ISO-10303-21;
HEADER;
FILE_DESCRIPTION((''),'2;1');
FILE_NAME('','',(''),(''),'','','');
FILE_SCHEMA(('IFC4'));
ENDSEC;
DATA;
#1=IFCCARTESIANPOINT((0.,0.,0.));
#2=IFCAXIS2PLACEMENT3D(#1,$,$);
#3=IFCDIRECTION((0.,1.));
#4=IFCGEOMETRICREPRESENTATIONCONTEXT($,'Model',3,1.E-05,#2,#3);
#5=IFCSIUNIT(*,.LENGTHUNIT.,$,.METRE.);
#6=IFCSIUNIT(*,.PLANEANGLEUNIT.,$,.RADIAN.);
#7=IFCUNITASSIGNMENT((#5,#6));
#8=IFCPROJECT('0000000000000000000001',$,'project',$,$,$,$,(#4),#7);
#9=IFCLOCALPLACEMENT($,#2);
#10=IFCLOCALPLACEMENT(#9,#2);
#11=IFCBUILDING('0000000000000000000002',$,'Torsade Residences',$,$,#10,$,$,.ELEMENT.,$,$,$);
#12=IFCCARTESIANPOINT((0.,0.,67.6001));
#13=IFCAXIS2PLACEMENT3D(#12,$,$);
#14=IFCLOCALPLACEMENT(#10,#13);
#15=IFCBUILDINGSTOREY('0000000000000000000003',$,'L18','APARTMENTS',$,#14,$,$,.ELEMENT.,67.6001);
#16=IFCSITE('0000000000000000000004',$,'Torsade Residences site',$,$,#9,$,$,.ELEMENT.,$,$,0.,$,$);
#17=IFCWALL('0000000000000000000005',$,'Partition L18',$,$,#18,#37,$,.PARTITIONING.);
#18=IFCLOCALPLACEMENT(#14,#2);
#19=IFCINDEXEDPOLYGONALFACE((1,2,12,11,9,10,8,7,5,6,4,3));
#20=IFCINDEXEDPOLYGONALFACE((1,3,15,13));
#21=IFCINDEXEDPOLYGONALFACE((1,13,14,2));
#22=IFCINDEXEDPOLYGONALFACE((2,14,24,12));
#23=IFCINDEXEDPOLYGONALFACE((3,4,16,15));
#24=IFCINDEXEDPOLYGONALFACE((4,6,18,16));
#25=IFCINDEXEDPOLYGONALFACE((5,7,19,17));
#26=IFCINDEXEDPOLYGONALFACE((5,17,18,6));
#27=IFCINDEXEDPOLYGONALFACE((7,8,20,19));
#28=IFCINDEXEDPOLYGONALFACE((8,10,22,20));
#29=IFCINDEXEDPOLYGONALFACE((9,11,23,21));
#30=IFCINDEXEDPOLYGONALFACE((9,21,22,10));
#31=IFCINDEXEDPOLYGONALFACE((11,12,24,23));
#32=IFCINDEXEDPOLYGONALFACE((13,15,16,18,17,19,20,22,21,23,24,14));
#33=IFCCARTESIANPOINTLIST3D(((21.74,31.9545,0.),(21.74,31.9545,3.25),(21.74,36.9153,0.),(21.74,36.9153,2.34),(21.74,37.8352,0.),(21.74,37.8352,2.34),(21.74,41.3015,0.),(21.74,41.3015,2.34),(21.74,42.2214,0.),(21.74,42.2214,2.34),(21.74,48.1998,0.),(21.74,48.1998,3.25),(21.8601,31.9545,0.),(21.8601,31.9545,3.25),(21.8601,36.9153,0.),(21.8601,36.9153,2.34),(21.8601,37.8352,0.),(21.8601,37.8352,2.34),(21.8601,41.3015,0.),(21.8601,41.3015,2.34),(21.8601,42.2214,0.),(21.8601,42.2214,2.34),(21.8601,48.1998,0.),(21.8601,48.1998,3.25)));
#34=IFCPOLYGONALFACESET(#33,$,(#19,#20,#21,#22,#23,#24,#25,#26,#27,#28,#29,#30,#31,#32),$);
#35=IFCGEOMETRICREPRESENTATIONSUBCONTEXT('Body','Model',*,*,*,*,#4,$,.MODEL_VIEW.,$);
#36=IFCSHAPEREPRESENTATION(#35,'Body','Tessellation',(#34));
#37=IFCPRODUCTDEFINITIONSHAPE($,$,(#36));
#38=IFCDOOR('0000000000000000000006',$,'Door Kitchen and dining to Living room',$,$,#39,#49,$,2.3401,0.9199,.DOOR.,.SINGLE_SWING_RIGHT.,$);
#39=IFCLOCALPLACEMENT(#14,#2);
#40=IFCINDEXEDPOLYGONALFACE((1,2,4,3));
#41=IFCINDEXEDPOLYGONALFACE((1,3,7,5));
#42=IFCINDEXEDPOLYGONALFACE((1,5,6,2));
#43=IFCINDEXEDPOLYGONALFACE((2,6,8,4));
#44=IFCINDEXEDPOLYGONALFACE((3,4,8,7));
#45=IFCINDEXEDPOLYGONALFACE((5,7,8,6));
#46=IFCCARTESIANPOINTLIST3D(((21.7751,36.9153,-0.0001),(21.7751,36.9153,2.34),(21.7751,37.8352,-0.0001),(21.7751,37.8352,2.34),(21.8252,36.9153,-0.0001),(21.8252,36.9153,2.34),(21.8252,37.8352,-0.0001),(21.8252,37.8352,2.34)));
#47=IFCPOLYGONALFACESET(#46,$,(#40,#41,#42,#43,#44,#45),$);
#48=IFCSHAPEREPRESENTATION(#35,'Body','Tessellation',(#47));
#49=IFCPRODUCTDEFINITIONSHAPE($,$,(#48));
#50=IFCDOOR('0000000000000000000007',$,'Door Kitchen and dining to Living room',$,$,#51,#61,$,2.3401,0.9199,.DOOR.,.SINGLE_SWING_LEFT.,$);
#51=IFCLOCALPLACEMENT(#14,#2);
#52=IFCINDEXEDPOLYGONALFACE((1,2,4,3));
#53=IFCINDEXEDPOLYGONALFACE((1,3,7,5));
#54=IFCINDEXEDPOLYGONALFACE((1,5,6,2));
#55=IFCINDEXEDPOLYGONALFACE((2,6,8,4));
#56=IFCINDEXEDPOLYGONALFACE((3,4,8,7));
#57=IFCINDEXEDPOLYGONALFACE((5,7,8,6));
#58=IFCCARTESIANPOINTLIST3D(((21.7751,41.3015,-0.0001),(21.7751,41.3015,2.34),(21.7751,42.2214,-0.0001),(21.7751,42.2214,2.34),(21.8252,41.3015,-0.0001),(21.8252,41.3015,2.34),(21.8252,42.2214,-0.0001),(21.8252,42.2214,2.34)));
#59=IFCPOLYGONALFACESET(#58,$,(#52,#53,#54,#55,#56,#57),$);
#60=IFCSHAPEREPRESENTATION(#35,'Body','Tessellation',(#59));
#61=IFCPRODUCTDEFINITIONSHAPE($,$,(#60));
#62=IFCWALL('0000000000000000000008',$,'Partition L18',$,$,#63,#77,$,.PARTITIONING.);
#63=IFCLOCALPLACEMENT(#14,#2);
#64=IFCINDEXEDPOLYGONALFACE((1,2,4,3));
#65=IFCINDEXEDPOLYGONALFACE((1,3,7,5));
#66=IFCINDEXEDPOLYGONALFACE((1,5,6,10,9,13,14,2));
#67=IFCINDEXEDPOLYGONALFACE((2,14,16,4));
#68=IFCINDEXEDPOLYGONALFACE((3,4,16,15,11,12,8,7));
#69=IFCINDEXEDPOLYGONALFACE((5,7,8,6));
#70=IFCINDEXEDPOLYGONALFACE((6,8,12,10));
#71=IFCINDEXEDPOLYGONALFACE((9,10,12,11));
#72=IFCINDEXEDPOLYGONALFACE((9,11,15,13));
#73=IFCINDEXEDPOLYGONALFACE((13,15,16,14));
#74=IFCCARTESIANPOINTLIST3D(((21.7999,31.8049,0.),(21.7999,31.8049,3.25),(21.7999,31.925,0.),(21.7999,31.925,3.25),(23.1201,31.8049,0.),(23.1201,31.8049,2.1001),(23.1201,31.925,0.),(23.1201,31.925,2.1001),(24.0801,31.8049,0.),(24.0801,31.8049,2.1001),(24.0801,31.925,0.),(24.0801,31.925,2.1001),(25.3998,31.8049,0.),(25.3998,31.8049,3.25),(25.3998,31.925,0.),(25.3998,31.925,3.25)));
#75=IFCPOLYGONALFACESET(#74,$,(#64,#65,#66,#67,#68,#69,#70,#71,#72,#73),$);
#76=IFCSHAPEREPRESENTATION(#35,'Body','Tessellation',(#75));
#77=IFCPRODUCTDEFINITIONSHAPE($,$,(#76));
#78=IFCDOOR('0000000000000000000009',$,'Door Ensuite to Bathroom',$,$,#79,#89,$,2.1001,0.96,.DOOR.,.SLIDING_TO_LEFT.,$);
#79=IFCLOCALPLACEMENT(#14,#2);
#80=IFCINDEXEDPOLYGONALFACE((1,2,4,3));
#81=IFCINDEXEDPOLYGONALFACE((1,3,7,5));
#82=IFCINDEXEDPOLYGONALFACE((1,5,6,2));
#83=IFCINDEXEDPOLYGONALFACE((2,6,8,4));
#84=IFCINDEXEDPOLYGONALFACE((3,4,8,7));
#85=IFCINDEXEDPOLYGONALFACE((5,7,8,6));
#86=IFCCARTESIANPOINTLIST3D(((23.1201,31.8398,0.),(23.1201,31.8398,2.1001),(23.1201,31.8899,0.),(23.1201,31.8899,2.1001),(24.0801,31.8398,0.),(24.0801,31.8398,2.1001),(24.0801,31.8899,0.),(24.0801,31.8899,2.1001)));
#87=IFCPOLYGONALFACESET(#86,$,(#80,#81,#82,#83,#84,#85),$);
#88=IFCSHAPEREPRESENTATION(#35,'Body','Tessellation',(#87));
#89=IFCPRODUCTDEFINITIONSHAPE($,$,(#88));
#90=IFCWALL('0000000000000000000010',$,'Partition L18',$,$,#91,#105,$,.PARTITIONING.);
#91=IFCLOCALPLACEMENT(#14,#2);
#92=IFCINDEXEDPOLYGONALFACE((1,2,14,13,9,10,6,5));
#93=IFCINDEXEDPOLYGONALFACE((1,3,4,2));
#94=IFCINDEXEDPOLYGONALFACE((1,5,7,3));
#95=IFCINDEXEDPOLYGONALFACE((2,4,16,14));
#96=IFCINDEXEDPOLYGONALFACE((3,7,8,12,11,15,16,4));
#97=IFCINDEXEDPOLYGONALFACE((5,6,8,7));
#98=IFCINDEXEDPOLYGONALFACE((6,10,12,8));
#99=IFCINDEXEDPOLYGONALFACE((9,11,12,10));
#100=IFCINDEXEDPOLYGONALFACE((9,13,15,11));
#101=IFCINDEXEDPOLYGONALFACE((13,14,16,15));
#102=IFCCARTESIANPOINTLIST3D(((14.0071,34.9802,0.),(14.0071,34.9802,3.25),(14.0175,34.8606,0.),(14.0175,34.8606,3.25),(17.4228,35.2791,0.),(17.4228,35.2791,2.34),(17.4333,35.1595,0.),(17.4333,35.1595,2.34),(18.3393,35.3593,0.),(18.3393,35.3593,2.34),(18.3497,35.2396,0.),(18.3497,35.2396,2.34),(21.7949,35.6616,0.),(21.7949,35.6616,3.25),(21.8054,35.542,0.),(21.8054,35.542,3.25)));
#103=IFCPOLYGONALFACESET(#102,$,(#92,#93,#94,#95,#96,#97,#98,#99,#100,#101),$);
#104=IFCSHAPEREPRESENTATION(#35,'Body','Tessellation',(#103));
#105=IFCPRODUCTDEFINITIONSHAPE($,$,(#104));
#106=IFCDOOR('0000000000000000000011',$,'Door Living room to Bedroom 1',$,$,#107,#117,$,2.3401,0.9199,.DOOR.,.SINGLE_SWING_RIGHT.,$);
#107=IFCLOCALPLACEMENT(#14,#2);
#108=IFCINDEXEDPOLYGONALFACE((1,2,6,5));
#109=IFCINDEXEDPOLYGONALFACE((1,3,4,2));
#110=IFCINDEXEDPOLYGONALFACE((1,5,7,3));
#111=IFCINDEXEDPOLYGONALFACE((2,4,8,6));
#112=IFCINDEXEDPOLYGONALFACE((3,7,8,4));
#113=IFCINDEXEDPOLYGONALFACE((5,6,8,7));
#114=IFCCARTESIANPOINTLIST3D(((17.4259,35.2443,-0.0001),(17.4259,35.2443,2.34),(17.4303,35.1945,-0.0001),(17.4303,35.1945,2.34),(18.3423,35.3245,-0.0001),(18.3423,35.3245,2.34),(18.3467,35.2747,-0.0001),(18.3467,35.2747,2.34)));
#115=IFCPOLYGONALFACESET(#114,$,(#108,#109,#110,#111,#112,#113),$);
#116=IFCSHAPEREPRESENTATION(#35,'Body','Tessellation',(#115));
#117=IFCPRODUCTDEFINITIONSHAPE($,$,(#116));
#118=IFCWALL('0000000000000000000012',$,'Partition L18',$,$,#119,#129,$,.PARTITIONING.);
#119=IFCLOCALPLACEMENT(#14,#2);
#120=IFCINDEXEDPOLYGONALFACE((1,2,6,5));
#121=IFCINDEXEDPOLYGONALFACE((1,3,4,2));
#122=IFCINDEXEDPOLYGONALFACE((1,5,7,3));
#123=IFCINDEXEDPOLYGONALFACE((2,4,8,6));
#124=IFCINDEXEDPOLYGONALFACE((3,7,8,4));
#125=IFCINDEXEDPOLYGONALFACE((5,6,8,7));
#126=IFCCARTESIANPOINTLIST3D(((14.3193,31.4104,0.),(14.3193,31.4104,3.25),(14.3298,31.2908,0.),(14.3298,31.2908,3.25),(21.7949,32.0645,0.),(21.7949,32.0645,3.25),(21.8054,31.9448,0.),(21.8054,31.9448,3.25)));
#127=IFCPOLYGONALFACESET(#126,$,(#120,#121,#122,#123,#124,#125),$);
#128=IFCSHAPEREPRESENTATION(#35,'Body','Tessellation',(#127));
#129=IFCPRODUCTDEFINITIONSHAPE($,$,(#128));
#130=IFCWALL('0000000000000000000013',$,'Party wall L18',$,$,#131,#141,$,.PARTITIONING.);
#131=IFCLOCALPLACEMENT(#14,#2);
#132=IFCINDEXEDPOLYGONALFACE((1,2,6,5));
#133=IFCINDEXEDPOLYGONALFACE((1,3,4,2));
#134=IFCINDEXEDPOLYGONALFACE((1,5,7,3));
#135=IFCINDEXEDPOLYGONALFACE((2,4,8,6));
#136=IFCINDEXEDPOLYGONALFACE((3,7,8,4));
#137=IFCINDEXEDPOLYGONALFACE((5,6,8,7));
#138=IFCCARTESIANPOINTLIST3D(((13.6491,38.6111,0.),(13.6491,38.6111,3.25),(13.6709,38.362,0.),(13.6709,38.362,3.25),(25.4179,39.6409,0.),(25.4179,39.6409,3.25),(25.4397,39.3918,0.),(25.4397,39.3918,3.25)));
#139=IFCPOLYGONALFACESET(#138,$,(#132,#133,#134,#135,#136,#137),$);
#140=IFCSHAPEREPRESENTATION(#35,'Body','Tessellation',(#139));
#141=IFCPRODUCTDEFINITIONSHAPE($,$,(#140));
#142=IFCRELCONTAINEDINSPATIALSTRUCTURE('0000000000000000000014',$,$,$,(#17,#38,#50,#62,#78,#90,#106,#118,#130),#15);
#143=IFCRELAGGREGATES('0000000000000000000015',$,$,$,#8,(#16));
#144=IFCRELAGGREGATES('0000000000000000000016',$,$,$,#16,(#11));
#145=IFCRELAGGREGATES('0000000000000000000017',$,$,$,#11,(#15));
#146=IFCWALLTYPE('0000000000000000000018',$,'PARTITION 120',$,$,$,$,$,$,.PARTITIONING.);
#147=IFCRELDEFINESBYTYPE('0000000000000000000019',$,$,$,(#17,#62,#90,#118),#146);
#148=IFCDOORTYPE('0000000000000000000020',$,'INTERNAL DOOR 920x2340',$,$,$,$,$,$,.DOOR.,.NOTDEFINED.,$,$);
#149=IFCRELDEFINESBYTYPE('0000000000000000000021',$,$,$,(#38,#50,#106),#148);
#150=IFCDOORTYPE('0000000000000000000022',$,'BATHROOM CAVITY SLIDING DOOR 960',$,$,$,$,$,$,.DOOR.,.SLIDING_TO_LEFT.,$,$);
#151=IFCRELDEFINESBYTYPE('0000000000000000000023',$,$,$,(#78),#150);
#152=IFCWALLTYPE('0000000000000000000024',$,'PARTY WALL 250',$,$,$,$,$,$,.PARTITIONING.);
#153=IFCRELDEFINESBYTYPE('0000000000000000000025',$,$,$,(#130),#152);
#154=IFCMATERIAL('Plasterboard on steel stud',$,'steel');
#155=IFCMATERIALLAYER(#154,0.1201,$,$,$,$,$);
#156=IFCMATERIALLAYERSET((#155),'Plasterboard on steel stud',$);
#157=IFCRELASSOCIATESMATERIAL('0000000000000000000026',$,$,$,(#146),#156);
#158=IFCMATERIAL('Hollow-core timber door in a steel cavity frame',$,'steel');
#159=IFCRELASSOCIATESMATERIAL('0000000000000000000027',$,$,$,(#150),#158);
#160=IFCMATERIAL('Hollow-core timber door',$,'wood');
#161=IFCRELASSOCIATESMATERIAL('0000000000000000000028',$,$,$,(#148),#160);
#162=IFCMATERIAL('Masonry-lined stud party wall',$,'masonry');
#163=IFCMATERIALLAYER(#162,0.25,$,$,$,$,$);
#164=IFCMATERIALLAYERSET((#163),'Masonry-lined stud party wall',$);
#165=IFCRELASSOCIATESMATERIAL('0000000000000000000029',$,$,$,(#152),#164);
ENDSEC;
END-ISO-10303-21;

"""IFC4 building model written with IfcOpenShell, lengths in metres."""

from ifc_helpers import new_model, si_unit, direction, frame, frame_2d, origin, place, context, subcontext, project, spatial, rectangle, extrude, material, layer, layer_set, type_object, element, fill, save


model = new_model("IFC4")

# Units and contexts
model_context = context("Model", 3, precision=1e-05, world=origin(), true_north=direction((0.0, 1.0)))
body_context = subcontext(model_context, "Body", "Model", "MODEL_VIEW")
ifc_project = project(units=[si_unit("LENGTHUNIT", "METRE"), si_unit("PLANEANGLEUNIT", "RADIAN")], contexts=[model_context])

# Site, building, storey
site_placement = place(None, origin())
site = spatial("IfcSite", under=ifc_project, at=site_placement, Name="Torsade Residences site", CompositionType="ELEMENT", RefElevation=0.0)
building_placement = place(site_placement, origin())
building = spatial("IfcBuilding", under=site, at=building_placement, Name="Torsade Residences", CompositionType="ELEMENT")
storey_placement = place(building_placement, frame((0.0, 0.0, 67.6001)))
storey = spatial("IfcBuildingStorey", under=building, at=storey_placement, Name="L18", Description="APARTMENTS", CompositionType="ELEMENT", Elevation=67.6001)

# Shared definitions
ifc_material_1 = material(Name="Plasterboard on steel stud", Category="steel")
ifc_layer_1 = layer(ifc_material_1, 0.1201)
ifc_layer_set_1 = layer_set([ifc_layer_1], Name="Plasterboard on steel stud")
wall_type_1 = type_object("IfcWallType", Name="PARTITION 120", PredefinedType="PARTITIONING", material=ifc_layer_set_1)
ifc_material_2 = material(Name="Hollow-core timber door in a steel cavity frame", Category="steel")
door_type_1 = type_object("IfcDoorType", Name="BATHROOM CAVITY SLIDING DOOR 960", OperationType="SLIDING_TO_LEFT", PredefinedType="DOOR", material=ifc_material_2)

# Wall, openings, doors
wall_1_placement = place(storey_placement, frame((21.8, 31.9546, 0.0), z_axis=(0.0, 0.0, 1.0), x_axis=(0.0, 1.0, 0.0)))
wall_1 = element("IfcWall", 1, at=wall_1_placement, inside=storey, type_object=wall_type_1, Name="Partition L18", PredefinedType="PARTITIONING", context=body_context, shape_type="SweptSolid", body=[
    extrude(rectangle(XDim=16.2454, YDim=0.1201, at=frame_2d((8.1226, 0.0))), origin(), (0.0, 0.0, 1.0), 3.25),
])
opening_1_placement = place(wall_1_placement, frame((4.9607, 0.0, 0.0)))
opening_1 = element("IfcOpeningElement", 2, at=opening_1_placement, cuts=wall_1, PredefinedType="OPENING", context=body_context, shape_type="SweptSolid", body=[
    extrude(rectangle(XDim=0.9199, YDim=2.3401, at=frame_2d((0.46, 1.1699))), frame((0.0, 0.0701, 0.0), z_axis=(0.0, -1.0, 0.0), x_axis=(1.0, 0.0, 0.0)), (0.0, 0.0, 1.0), 0.1401),
])
opening_2_placement = place(wall_1_placement, frame((9.3469, 0.0, 0.0)))
opening_2 = element("IfcOpeningElement", 3, at=opening_2_placement, cuts=wall_1, PredefinedType="OPENING", context=body_context, shape_type="SweptSolid", body=[
    extrude(rectangle(XDim=0.9199, YDim=2.3401, at=frame_2d((0.46, 1.1699))), frame((0.0, 0.0701, 0.0), z_axis=(0.0, -1.0, 0.0), x_axis=(1.0, 0.0, 0.0)), (0.0, 0.0, 1.0), 0.1401),
])
ifc_material_3 = material(Name="Hollow-core timber door", Category="wood")
door_type_2 = type_object("IfcDoorType", Name="INTERNAL DOOR 920x2340", OperationType="NOTDEFINED", PredefinedType="DOOR", material=ifc_material_3)
door_1_placement = place(opening_1_placement, origin())
door_1 = element("IfcDoor", 4, at=door_1_placement, inside=storey, type_object=door_type_2, Name="Door Kitchen and dining to Living room", OperationType="SINGLE_SWING_RIGHT", OverallHeight=2.3401, OverallWidth=0.9199, PredefinedType="DOOR", context=body_context, shape_type="SweptSolid", body=[
    extrude(rectangle(XDim=0.9199, YDim=2.3401, at=frame_2d((0.46, 1.1699))), frame((0.0, 0.0249, 0.0), z_axis=(0.0, -1.0, 0.0), x_axis=(1.0, 0.0, 0.0)), (0.0, 0.0, 1.0), 0.05),
])
fill(opening_1, door_1)
door_2_placement = place(opening_2_placement, origin())
door_2 = element("IfcDoor", 5, at=door_2_placement, inside=storey, type_object=door_type_2, Name="Door Kitchen and dining to Living room", OperationType="SINGLE_SWING_LEFT", OverallHeight=2.3401, OverallWidth=0.9199, PredefinedType="DOOR", context=body_context, shape_type="SweptSolid", body=[
    extrude(rectangle(XDim=0.9199, YDim=2.3401, at=frame_2d((0.46, 1.1699))), frame((0.0, 0.0249, 0.0), z_axis=(0.0, -1.0, 0.0), x_axis=(1.0, 0.0, 0.0)), (0.0, 0.0, 1.0), 0.05),
])
fill(opening_2, door_2)

# Walls, openings, doors
wall_2_placement = place(storey_placement, frame((21.8, 31.865, 0.0), z_axis=(0.0, 0.0, 1.0), x_axis=(1.0, 0.0, 0.0)))
wall_2 = element("IfcWall", 6, at=wall_2_placement, inside=storey, type_object=wall_type_1, Name="Partition L18", PredefinedType="PARTITIONING", context=body_context, shape_type="SweptSolid", body=[
    extrude(rectangle(XDim=3.5999, YDim=0.1201, at=frame_2d((1.7998, 0.0))), origin(), (0.0, 0.0, 1.0), 3.25),
])
opening_3_placement = place(wall_2_placement, frame((1.3201, 0.0, 0.0)))
opening_3 = element("IfcOpeningElement", 7, at=opening_3_placement, cuts=wall_2, PredefinedType="OPENING", context=body_context, shape_type="SweptSolid", body=[
    extrude(rectangle(XDim=0.96, YDim=2.1001, at=frame_2d((0.48, 1.05))), frame((0.0, 0.0701, 0.0), z_axis=(0.0, -1.0, 0.0), x_axis=(1.0, 0.0, 0.0)), (0.0, 0.0, 1.0), 0.1401),
])
door_3_placement = place(opening_3_placement, origin())
door_3 = element("IfcDoor", 8, at=door_3_placement, inside=storey, type_object=door_type_1, Name="Door Ensuite to Bathroom", OperationType="SLIDING_TO_LEFT", OverallHeight=2.1001, OverallWidth=0.96, PredefinedType="DOOR", context=body_context, shape_type="SweptSolid", body=[
    extrude(rectangle(XDim=0.96, YDim=2.1001, at=frame_2d((0.48, 1.05))), frame((0.0, 0.0249, 0.0), z_axis=(0.0, -1.0, 0.0), x_axis=(1.0, 0.0, 0.0)), (0.0, 0.0, 1.0), 0.05),
])
fill(opening_3, door_3)
wall_3_placement = place(storey_placement, frame((21.8, 35.6018, 0.0), z_axis=(0.0, 0.0, 1.0), x_axis=(-0.996194, -0.087162, 0.0)))
wall_3 = element("IfcWall", 9, at=wall_3_placement, inside=storey, type_object=wall_type_1, Name="Partition L18", PredefinedType="PARTITIONING", context=body_context, shape_type="SweptSolid", body=[
    extrude(rectangle(XDim=7.8176, YDim=0.1201, at=frame_2d((3.9087, 0.0))), origin(), (0.0, 0.0, 1.0), 3.25),
])
opening_4_placement = place(wall_3_placement, frame((3.4688, 0.0, 0.0)))
opening_4 = element("IfcOpeningElement", 10, at=opening_4_placement, cuts=wall_3, PredefinedType="OPENING", context=body_context, shape_type="SweptSolid", body=[
    extrude(rectangle(XDim=0.9199, YDim=2.3401, at=frame_2d((0.46, 1.1699))), frame((0.0, 0.0701, 0.0), z_axis=(0.0, -1.0, 0.0), x_axis=(1.0, 0.0, 0.0)), (0.0, 0.0, 1.0), 0.1401),
])
door_4_placement = place(opening_4_placement, origin())
door_4 = element("IfcDoor", 11, at=door_4_placement, inside=storey, type_object=door_type_2, Name="Door Living room to Bedroom 1", OperationType="SINGLE_SWING_RIGHT", OverallHeight=2.3401, OverallWidth=0.9199, PredefinedType="DOOR", context=body_context, shape_type="SweptSolid", body=[
    extrude(rectangle(XDim=0.9199, YDim=2.3401, at=frame_2d((0.46, 1.1699))), frame((0.0, 0.0249, 0.0), z_axis=(0.0, -1.0, 0.0), x_axis=(1.0, 0.0, 0.0)), (0.0, 0.0, 1.0), 0.05),
])
fill(opening_4, door_4)

# Walls
wall_4_placement = place(storey_placement, frame((21.8, 32.0046, 0.0), z_axis=(0.0, 0.0, 1.0), x_axis=(-0.996194, -0.087159, 0.0)))
element("IfcWall", 12, at=wall_4_placement, inside=storey, type_object=wall_type_1, Name="Partition L18", PredefinedType="PARTITIONING", context=body_context, shape_type="SweptSolid", body=[
    extrude(rectangle(XDim=7.5042, YDim=0.1201, at=frame_2d((3.752, 0.0))), origin(), (0.0, 0.0, 1.0), 3.25),
])
ifc_material_4 = material(Name="Masonry-lined stud party wall", Category="masonry")
ifc_layer_2 = layer(ifc_material_4, 0.25)
ifc_layer_set_2 = layer_set([ifc_layer_2], Name="Masonry-lined stud party wall")
wall_type_2 = type_object("IfcWallType", Name="PARTY WALL 250", PredefinedType="PARTITIONING", material=ifc_layer_set_2)
wall_5_placement = place(storey_placement, frame((13.6602, 38.4866, 0.0), z_axis=(0.0, 0.0, 1.0), x_axis=(0.996194, 0.087168, 0.0)))
element("IfcWall", 13, at=wall_5_placement, inside=storey, type_object=wall_type_2, Name="Party wall L18", PredefinedType="PARTITIONING", context=body_context, shape_type="SweptSolid", body=[
    extrude(rectangle(XDim=11.8137, YDim=0.25, at=frame_2d((5.9067, 0.0))), origin(), (0.0, 0.0, 1.0), 3.25),
])

save(model, "model.ifc")
